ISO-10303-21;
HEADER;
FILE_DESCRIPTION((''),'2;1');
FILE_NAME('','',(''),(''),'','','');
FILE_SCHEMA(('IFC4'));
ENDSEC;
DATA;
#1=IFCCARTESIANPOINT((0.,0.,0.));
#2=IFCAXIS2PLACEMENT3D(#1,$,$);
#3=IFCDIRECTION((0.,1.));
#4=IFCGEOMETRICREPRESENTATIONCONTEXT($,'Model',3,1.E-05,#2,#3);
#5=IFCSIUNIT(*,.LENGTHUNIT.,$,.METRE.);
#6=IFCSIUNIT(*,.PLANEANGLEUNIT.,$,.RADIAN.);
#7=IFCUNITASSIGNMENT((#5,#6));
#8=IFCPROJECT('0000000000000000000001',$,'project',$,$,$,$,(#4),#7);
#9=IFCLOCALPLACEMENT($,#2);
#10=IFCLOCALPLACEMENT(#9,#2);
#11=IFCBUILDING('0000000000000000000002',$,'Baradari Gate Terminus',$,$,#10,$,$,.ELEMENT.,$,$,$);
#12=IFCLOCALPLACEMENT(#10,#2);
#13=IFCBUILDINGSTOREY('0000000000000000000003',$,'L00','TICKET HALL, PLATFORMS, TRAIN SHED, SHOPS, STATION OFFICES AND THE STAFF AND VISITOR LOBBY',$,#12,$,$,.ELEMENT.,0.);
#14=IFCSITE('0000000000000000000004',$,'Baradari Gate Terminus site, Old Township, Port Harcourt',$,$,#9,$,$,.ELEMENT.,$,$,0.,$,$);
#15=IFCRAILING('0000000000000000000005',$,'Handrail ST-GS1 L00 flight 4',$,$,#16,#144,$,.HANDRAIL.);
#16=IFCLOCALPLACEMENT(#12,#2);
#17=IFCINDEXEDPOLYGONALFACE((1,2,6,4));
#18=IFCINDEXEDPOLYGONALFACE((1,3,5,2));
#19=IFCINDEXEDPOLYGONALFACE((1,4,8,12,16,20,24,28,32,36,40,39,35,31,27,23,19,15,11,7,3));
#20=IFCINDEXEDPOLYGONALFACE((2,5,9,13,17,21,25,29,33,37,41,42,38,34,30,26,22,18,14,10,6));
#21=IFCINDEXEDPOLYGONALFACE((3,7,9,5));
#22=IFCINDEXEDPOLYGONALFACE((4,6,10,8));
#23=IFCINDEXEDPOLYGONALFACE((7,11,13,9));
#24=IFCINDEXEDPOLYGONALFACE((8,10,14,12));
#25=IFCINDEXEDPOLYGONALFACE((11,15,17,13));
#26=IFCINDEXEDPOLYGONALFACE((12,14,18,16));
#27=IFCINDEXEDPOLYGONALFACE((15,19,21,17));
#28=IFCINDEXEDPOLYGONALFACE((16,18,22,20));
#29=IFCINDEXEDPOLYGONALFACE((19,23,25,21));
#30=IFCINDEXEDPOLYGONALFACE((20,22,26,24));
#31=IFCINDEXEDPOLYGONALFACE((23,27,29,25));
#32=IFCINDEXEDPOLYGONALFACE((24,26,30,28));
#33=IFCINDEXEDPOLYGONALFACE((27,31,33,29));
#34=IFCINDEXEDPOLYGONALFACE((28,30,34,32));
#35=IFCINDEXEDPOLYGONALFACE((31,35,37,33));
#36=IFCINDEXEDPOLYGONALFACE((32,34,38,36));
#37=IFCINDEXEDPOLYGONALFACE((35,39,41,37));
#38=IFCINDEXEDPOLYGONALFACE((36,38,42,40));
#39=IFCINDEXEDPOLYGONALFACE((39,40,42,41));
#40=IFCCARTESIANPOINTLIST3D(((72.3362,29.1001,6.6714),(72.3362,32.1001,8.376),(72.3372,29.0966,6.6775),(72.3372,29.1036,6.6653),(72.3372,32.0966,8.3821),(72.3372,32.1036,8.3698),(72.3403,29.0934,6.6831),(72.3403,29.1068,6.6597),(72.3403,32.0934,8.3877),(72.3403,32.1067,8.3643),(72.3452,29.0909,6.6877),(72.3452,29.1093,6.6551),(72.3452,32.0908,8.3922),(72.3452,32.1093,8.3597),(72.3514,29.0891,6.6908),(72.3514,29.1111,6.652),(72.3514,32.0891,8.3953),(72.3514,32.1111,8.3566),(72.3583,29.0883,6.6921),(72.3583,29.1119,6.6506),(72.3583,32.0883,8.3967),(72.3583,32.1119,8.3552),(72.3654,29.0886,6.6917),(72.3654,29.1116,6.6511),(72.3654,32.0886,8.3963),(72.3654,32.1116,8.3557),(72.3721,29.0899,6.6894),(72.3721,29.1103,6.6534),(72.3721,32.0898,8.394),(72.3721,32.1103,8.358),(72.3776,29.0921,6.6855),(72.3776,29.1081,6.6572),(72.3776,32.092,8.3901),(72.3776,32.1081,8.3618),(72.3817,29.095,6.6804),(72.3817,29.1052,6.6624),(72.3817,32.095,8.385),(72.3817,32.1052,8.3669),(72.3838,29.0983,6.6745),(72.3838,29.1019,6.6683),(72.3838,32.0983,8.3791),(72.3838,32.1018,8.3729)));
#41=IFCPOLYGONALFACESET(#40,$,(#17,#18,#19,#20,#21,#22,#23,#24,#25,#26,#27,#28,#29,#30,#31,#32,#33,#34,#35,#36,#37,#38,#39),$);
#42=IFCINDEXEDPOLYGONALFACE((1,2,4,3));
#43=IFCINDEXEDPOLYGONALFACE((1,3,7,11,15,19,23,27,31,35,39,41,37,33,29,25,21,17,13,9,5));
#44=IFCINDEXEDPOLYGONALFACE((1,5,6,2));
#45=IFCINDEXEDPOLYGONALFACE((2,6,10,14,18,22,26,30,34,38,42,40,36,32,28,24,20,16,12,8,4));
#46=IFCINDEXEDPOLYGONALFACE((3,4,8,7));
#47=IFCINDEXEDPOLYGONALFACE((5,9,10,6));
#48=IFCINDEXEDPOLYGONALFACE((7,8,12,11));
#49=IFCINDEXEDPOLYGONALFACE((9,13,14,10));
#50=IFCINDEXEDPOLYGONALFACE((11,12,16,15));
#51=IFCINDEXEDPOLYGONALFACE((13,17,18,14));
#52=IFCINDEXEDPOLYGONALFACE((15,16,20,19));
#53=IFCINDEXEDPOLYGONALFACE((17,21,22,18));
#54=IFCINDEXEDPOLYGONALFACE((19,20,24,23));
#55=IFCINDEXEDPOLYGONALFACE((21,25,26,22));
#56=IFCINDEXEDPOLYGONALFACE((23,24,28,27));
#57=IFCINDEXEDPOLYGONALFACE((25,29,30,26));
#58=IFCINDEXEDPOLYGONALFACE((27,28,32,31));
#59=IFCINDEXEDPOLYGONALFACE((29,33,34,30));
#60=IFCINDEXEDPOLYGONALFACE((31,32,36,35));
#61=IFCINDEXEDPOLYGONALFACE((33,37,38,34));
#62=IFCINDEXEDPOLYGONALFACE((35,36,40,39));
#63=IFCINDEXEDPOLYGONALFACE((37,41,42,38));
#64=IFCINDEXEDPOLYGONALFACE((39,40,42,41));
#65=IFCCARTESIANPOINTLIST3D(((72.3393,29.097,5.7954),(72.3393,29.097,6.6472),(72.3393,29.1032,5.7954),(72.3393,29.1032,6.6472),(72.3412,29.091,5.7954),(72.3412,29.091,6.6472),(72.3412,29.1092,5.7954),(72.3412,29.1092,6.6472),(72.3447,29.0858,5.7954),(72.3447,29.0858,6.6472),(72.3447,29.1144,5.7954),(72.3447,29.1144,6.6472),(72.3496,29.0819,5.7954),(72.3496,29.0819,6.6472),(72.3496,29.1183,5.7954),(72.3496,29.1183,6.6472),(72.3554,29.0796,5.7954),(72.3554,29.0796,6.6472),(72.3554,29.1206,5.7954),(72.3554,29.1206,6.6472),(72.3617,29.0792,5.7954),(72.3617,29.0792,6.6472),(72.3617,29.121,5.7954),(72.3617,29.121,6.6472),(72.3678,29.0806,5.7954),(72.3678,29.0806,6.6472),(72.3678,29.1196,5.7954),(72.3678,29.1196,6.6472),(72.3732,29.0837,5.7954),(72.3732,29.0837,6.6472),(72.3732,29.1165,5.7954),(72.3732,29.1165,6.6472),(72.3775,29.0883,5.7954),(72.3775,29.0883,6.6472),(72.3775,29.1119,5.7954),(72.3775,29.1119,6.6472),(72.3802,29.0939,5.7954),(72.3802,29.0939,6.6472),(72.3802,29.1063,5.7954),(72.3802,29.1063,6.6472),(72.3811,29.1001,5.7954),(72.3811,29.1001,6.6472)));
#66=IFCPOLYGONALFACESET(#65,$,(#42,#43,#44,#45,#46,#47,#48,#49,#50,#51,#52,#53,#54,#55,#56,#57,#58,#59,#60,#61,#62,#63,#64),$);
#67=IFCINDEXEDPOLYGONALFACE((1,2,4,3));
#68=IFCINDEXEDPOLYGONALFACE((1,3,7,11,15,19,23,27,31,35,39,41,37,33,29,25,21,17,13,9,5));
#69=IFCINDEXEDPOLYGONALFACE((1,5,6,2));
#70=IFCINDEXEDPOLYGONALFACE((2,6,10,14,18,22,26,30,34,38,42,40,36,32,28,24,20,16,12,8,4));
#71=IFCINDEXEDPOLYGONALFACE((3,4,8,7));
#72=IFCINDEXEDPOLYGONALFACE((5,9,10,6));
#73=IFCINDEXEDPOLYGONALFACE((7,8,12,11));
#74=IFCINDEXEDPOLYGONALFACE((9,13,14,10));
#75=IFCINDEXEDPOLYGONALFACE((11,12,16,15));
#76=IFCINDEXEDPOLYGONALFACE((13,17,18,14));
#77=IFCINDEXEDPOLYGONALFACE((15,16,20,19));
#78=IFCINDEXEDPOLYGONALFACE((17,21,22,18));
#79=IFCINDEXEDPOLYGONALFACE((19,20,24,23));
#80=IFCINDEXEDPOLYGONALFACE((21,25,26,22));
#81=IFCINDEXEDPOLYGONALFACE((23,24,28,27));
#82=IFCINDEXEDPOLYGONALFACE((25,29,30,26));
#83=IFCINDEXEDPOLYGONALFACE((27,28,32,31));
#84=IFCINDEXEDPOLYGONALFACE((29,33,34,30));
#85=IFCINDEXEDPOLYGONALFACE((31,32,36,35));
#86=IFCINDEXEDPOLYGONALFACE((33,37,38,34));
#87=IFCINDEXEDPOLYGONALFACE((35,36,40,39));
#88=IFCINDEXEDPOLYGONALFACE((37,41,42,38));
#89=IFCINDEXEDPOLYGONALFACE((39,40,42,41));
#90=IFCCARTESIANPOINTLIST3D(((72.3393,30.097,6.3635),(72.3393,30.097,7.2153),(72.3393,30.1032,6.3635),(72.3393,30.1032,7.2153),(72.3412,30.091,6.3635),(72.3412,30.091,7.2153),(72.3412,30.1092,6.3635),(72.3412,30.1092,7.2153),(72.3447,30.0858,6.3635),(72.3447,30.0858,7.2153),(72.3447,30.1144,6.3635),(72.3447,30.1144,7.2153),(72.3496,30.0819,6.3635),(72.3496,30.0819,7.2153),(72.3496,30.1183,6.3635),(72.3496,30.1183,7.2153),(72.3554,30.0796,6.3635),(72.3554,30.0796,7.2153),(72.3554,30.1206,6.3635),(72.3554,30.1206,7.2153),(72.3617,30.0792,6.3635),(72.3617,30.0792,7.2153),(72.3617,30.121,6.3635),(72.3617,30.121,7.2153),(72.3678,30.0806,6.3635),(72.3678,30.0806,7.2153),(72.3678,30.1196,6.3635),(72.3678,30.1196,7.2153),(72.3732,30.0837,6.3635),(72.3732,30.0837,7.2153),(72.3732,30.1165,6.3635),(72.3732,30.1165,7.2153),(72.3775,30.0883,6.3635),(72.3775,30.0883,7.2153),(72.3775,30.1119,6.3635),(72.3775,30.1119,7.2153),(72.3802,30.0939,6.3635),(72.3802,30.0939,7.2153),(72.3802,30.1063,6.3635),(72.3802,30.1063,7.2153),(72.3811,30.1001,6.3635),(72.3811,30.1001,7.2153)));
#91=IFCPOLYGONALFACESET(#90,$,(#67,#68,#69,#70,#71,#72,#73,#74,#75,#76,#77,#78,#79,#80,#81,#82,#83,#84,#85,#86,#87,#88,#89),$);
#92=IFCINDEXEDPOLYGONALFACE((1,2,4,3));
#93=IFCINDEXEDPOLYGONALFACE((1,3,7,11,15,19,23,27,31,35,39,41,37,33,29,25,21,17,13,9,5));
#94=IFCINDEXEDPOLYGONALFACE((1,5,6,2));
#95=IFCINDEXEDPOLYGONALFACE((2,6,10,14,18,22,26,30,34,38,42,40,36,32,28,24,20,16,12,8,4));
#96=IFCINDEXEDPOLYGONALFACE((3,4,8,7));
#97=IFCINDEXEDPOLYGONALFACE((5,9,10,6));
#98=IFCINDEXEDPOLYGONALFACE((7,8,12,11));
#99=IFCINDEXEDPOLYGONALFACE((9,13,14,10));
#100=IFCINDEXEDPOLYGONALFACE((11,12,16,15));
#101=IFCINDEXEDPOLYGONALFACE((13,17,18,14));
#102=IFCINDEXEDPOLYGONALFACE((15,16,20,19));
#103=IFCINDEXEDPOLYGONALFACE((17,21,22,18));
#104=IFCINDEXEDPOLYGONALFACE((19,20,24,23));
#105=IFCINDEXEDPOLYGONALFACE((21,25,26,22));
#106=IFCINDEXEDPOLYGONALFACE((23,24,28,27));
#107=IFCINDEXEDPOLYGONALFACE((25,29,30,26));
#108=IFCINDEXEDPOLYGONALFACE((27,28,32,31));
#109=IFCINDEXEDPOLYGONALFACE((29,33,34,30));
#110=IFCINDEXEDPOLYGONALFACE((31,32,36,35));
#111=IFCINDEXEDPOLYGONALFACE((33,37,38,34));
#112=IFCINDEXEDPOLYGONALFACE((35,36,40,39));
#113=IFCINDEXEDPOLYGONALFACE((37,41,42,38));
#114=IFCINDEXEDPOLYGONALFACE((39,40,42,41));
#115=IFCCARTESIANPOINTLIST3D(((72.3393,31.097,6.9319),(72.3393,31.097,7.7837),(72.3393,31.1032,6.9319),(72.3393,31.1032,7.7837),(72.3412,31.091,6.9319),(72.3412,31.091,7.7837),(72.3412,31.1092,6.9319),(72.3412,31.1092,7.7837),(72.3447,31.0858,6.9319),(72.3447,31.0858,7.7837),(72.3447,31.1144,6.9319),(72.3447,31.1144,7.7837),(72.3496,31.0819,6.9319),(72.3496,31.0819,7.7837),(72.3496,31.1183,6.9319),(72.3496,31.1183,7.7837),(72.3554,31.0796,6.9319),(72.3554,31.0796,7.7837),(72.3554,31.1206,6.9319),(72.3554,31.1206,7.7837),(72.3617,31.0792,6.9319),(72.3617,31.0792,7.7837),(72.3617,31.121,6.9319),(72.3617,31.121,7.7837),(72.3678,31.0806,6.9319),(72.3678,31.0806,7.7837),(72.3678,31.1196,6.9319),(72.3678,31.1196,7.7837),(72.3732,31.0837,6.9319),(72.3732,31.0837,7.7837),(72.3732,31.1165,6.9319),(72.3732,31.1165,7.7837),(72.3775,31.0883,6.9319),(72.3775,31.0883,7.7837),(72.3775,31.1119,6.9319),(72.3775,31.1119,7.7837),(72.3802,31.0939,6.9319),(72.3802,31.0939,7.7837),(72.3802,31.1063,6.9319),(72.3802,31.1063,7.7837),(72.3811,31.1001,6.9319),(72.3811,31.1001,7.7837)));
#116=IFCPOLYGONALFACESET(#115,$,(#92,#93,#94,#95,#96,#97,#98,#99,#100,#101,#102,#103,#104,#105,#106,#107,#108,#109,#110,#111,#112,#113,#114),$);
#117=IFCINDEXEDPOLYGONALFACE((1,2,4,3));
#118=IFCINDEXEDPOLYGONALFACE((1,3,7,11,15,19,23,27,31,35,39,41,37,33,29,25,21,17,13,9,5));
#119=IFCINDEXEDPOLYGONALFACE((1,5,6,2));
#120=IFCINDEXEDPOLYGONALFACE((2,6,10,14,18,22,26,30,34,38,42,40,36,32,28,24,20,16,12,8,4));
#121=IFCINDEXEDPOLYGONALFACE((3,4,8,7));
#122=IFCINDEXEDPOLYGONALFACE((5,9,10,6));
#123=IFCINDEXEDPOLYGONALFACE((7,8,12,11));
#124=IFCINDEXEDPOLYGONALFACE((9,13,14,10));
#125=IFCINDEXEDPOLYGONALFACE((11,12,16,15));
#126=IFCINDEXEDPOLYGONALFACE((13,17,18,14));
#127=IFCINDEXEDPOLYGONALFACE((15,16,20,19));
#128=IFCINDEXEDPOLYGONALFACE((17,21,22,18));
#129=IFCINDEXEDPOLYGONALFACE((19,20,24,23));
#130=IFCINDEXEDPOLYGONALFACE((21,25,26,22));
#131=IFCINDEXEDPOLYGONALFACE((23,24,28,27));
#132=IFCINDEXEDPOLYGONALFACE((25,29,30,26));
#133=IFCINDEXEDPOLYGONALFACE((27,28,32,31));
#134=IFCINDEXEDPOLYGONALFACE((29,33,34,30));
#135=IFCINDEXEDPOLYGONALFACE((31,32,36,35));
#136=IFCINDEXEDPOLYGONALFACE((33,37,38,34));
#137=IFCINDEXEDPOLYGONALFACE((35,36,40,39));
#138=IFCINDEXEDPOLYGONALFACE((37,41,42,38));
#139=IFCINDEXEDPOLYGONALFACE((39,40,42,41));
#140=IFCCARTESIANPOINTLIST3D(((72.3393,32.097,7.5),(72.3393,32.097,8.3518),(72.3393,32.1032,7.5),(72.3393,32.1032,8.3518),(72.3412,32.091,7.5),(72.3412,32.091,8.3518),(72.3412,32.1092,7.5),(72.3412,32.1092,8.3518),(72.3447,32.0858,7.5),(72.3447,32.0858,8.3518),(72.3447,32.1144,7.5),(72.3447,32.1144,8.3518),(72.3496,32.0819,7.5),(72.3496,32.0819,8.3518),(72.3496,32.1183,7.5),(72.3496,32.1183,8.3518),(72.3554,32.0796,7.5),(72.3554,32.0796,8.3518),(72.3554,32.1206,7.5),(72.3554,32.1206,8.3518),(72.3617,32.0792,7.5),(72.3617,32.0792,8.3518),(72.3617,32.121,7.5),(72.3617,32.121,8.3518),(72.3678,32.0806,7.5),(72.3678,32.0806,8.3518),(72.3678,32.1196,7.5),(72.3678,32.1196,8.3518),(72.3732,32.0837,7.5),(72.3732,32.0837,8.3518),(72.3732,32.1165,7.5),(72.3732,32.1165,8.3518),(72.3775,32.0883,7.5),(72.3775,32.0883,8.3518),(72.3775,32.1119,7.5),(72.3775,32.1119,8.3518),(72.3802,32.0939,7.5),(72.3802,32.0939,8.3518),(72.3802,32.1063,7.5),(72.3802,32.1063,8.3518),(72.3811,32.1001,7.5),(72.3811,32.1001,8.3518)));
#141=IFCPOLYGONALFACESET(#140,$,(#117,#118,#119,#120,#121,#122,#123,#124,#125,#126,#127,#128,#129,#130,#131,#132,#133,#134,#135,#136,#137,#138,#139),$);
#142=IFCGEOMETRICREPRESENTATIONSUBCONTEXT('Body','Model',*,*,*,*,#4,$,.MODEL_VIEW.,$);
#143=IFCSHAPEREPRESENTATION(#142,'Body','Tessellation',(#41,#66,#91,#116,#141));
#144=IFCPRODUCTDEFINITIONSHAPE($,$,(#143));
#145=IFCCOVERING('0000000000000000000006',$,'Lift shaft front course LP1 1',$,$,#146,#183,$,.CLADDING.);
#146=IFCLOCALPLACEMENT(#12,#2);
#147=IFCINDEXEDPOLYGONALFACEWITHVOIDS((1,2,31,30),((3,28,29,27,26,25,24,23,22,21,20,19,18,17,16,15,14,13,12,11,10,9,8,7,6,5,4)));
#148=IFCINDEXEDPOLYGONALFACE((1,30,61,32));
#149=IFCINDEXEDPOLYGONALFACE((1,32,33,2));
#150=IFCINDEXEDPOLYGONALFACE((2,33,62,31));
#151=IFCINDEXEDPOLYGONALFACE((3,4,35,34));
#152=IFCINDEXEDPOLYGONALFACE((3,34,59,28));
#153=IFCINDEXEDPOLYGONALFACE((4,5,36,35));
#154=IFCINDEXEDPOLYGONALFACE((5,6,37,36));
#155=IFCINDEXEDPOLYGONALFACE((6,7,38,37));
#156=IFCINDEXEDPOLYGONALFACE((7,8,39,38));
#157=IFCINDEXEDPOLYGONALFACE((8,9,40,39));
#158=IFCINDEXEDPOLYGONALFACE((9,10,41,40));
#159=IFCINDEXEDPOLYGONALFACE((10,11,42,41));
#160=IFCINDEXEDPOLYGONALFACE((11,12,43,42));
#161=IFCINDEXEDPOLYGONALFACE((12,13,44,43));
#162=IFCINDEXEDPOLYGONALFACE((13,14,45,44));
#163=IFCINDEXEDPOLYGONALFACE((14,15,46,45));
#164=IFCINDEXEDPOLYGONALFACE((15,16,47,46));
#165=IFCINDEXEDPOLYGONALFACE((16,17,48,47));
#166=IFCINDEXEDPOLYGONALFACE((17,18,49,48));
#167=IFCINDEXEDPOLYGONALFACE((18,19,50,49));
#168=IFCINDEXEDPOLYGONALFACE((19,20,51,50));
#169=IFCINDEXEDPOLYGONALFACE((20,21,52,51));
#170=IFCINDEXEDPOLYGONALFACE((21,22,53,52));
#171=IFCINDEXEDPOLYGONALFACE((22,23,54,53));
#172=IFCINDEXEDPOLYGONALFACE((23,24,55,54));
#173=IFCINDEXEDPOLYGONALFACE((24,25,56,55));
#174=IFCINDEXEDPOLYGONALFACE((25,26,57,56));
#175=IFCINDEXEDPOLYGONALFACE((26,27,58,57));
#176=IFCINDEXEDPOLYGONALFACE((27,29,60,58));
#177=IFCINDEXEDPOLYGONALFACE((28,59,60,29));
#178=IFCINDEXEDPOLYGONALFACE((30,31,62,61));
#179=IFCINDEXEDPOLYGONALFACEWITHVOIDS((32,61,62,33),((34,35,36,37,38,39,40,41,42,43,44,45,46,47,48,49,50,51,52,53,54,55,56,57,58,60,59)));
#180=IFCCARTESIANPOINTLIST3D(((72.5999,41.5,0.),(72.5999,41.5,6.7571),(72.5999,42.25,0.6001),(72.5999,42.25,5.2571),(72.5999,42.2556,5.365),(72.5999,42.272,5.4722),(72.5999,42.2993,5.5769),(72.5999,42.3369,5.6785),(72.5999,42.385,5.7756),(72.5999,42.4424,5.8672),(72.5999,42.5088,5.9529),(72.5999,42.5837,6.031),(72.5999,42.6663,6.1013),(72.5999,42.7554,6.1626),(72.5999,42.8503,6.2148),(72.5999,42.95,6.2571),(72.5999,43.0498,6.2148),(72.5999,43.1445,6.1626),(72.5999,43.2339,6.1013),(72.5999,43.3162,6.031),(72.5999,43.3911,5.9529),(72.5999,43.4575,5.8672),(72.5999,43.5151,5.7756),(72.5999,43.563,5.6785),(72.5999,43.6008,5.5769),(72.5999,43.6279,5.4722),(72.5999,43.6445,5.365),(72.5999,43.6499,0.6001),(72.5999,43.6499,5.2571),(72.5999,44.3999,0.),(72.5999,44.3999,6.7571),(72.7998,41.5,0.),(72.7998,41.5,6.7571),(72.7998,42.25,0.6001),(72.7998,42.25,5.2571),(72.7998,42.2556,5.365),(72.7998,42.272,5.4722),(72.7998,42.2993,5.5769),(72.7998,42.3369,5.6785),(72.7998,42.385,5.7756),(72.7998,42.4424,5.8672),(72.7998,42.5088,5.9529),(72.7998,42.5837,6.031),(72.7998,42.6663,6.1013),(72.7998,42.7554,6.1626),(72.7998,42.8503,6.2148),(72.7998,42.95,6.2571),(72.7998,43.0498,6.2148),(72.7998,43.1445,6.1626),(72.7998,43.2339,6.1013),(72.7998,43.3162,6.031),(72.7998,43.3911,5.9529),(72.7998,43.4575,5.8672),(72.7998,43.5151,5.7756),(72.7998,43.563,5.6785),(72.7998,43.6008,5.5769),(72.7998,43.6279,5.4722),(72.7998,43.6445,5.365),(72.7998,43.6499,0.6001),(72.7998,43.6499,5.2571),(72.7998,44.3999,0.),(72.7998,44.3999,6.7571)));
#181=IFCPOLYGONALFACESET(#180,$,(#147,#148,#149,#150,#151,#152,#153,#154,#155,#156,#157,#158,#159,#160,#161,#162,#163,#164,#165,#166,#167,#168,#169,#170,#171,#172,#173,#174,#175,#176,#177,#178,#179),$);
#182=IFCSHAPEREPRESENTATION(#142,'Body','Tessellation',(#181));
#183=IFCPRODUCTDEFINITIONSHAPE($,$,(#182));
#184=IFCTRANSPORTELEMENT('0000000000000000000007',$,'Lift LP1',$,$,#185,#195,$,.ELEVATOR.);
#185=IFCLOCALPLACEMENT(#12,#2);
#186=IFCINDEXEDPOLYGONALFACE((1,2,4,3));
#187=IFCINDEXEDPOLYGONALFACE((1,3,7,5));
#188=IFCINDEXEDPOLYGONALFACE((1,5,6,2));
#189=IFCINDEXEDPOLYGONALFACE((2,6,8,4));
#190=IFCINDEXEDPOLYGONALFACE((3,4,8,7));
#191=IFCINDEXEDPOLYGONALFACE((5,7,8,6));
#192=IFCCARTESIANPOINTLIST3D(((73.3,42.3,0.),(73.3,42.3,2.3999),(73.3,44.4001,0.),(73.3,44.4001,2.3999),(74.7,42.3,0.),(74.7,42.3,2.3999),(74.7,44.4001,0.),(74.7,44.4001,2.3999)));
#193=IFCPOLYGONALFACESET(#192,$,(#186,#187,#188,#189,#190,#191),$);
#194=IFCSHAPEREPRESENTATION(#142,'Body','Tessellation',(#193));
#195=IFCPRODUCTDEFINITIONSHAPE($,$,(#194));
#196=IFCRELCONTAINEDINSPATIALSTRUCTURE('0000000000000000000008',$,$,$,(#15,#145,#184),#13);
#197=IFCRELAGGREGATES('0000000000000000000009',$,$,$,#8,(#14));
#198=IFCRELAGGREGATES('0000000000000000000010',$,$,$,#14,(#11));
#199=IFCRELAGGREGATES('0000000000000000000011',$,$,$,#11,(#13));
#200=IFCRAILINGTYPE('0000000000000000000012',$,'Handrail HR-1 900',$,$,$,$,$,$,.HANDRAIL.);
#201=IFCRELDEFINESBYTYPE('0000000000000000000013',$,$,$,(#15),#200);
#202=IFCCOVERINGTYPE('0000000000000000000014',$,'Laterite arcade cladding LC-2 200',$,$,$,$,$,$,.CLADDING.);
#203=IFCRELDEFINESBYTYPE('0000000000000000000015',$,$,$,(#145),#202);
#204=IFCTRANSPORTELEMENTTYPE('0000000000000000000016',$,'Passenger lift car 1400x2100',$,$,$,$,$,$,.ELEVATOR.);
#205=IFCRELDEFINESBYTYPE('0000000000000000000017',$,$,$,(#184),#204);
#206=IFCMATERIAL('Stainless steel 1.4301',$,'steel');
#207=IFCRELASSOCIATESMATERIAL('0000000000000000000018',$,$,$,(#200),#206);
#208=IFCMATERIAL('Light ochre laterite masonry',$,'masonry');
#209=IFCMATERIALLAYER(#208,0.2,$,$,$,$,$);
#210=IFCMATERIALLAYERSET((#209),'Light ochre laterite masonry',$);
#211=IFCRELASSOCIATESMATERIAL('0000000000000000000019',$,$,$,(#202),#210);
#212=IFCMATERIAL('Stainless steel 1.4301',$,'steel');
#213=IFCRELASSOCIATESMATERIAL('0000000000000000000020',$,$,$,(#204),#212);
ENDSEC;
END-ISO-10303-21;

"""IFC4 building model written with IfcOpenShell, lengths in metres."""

from ifc_helpers import new_model, si_unit, direction, frame, origin, origin_2d, place, context, subcontext, project, spatial, polyline, rectangle, circle, outline, extrude, material, layer, layer_set, type_object, element, save


model = new_model("IFC4")

# Units and contexts
model_context = context("Model", 3, precision=1e-05, world=origin(), true_north=direction((0.0, 1.0)))
body_context = subcontext(model_context, "Body", "Model", "MODEL_VIEW")
ifc_project = project(units=[si_unit("LENGTHUNIT", "METRE"), si_unit("PLANEANGLEUNIT", "RADIAN")], contexts=[model_context])

# Site, building, storey
site_placement = place(None, origin())
site = spatial("IfcSite", under=ifc_project, at=site_placement, Name="Baradari Gate Terminus site, Old Township, Port Harcourt", CompositionType="ELEMENT", RefElevation=0.0)
building_placement = place(site_placement, origin())
building = spatial("IfcBuilding", under=site, at=building_placement, Name="Baradari Gate Terminus", CompositionType="ELEMENT")
storey_placement = place(building_placement, origin())
storey = spatial("IfcBuildingStorey", under=building, at=storey_placement, Name="L00", Description="TICKET HALL, PLATFORMS, TRAIN SHED, SHOPS, STATION OFFICES AND THE STAFF AND VISITOR LOBBY", CompositionType="ELEMENT", Elevation=0.0)

# Railing
ifc_material_1 = material(Name="Stainless steel 1.4301", Category="steel")
railing_type = type_object("IfcRailingType", Name="Handrail HR-1 900", PredefinedType="HANDRAIL", material=ifc_material_1)
for number, where, name in (
    (1, (72.3601, 29.1001, 5.7954), "Handrail ST-GS1 L00 flight 4"),
):
    element("IfcRailing", number, at=place(storey_placement, frame(where)), inside=storey, type_object=railing_type, Name=name, PredefinedType="HANDRAIL", context=body_context, shape_type="SweptSolid", body=[
        extrude(circle(Radius=0.0239, at=origin_2d()), frame((0.0, 0.0, 0.876), z_axis=(0.0, 0.869451, 0.494019), x_axis=(-1.0, 0.0, 0.0)), (0.0, 0.0, 1.0), 3.4504),
        extrude(circle(Radius=0.021, at=origin_2d()), origin(), (0.0, 0.0, 1.0), 0.8518),
        extrude(circle(Radius=0.021, at=origin_2d()), frame((0.0, 1.0, 0.5681)), (0.0, 0.0, 1.0), 0.8518),
        extrude(circle(Radius=0.021, at=origin_2d()), frame((0.0, 2.0, 1.1365)), (0.0, 0.0, 1.0), 0.8518),
        extrude(circle(Radius=0.021, at=origin_2d()), frame((0.0, 3.0, 1.7046)), (0.0, 0.0, 1.0), 0.8518),
    ])

# Covering
ifc_material_2 = material(Name="Light ochre laterite masonry", Category="masonry")
ifc_layer_1 = layer(ifc_material_2, 0.2)
ifc_layer_set_1 = layer_set([ifc_layer_1], Name="Light ochre laterite masonry")
covering_type = type_object("IfcCoveringType", Name="Laterite arcade cladding LC-2 200", PredefinedType="CLADDING", material=ifc_layer_set_1)
covering_1_placement = place(storey_placement, frame((72.7, 41.5, 0.0), z_axis=(0.0, 0.0, 1.0), x_axis=(0.0, 1.0, 0.0)))
element("IfcCovering", 2, at=covering_1_placement, inside=storey, type_object=covering_type, Name="Lift shaft front course LP1 1", PredefinedType="CLADDING", context=body_context, shape_type="SweptSolid", body=[
    extrude(outline(polyline([(0.0, 0.0), (2.8999, 0.0), (2.8999, 6.7571), (0.0, 6.7571), (0.0, 0.0)]), holes=[polyline([(0.75, 0.6001), (0.75, 5.2571), (0.7556, 5.365), (0.772, 5.4722), (0.7993, 5.5769), (0.8369, 5.6785), (0.885, 5.7756), (0.9424, 5.8672), (1.0088, 5.9529), (1.0837, 6.031), (1.1663, 6.1013), (1.2554, 6.1626), (1.3503, 6.2148), (1.45, 6.2571), (1.5498, 6.2148), (1.6445, 6.1626), (1.7339, 6.1013), (1.8162, 6.031), (1.8911, 5.9529), (1.9575, 5.8672), (2.0151, 5.7756), (2.063, 5.6785), (2.1008, 5.5769), (2.1279, 5.4722), (2.1445, 5.365), (2.1499, 5.2571), (2.1499, 0.6001), (0.75, 0.6001)])]), frame((0.0, 0.1001, 0.0), z_axis=(0.0, -1.0, 0.0), x_axis=(1.0, 0.0, 0.0)), (0.0, 0.0, 1.0), 0.2),
])

# Transport element
ifc_material_3 = material(Name="Stainless steel 1.4301", Category="steel")
transport_element_type = type_object("IfcTransportElementType", Name="Passenger lift car 1400x2100", PredefinedType="ELEVATOR", material=ifc_material_3)
transport_element_placement = place(storey_placement, frame((74.0, 43.3501, 0.0), z_axis=(0.0, 0.0, 1.0), x_axis=(1.0, 0.0, 0.0)))
element("IfcTransportElement", 3, at=transport_element_placement, inside=storey, type_object=transport_element_type, Name="Lift LP1", PredefinedType="ELEVATOR", context=body_context, shape_type="SweptSolid", body=[
    extrude(rectangle(XDim=1.3999, YDim=2.1001, at=origin_2d()), origin(), (0.0, 0.0, 1.0), 2.3999),
])

save(model, "model.ifc")
